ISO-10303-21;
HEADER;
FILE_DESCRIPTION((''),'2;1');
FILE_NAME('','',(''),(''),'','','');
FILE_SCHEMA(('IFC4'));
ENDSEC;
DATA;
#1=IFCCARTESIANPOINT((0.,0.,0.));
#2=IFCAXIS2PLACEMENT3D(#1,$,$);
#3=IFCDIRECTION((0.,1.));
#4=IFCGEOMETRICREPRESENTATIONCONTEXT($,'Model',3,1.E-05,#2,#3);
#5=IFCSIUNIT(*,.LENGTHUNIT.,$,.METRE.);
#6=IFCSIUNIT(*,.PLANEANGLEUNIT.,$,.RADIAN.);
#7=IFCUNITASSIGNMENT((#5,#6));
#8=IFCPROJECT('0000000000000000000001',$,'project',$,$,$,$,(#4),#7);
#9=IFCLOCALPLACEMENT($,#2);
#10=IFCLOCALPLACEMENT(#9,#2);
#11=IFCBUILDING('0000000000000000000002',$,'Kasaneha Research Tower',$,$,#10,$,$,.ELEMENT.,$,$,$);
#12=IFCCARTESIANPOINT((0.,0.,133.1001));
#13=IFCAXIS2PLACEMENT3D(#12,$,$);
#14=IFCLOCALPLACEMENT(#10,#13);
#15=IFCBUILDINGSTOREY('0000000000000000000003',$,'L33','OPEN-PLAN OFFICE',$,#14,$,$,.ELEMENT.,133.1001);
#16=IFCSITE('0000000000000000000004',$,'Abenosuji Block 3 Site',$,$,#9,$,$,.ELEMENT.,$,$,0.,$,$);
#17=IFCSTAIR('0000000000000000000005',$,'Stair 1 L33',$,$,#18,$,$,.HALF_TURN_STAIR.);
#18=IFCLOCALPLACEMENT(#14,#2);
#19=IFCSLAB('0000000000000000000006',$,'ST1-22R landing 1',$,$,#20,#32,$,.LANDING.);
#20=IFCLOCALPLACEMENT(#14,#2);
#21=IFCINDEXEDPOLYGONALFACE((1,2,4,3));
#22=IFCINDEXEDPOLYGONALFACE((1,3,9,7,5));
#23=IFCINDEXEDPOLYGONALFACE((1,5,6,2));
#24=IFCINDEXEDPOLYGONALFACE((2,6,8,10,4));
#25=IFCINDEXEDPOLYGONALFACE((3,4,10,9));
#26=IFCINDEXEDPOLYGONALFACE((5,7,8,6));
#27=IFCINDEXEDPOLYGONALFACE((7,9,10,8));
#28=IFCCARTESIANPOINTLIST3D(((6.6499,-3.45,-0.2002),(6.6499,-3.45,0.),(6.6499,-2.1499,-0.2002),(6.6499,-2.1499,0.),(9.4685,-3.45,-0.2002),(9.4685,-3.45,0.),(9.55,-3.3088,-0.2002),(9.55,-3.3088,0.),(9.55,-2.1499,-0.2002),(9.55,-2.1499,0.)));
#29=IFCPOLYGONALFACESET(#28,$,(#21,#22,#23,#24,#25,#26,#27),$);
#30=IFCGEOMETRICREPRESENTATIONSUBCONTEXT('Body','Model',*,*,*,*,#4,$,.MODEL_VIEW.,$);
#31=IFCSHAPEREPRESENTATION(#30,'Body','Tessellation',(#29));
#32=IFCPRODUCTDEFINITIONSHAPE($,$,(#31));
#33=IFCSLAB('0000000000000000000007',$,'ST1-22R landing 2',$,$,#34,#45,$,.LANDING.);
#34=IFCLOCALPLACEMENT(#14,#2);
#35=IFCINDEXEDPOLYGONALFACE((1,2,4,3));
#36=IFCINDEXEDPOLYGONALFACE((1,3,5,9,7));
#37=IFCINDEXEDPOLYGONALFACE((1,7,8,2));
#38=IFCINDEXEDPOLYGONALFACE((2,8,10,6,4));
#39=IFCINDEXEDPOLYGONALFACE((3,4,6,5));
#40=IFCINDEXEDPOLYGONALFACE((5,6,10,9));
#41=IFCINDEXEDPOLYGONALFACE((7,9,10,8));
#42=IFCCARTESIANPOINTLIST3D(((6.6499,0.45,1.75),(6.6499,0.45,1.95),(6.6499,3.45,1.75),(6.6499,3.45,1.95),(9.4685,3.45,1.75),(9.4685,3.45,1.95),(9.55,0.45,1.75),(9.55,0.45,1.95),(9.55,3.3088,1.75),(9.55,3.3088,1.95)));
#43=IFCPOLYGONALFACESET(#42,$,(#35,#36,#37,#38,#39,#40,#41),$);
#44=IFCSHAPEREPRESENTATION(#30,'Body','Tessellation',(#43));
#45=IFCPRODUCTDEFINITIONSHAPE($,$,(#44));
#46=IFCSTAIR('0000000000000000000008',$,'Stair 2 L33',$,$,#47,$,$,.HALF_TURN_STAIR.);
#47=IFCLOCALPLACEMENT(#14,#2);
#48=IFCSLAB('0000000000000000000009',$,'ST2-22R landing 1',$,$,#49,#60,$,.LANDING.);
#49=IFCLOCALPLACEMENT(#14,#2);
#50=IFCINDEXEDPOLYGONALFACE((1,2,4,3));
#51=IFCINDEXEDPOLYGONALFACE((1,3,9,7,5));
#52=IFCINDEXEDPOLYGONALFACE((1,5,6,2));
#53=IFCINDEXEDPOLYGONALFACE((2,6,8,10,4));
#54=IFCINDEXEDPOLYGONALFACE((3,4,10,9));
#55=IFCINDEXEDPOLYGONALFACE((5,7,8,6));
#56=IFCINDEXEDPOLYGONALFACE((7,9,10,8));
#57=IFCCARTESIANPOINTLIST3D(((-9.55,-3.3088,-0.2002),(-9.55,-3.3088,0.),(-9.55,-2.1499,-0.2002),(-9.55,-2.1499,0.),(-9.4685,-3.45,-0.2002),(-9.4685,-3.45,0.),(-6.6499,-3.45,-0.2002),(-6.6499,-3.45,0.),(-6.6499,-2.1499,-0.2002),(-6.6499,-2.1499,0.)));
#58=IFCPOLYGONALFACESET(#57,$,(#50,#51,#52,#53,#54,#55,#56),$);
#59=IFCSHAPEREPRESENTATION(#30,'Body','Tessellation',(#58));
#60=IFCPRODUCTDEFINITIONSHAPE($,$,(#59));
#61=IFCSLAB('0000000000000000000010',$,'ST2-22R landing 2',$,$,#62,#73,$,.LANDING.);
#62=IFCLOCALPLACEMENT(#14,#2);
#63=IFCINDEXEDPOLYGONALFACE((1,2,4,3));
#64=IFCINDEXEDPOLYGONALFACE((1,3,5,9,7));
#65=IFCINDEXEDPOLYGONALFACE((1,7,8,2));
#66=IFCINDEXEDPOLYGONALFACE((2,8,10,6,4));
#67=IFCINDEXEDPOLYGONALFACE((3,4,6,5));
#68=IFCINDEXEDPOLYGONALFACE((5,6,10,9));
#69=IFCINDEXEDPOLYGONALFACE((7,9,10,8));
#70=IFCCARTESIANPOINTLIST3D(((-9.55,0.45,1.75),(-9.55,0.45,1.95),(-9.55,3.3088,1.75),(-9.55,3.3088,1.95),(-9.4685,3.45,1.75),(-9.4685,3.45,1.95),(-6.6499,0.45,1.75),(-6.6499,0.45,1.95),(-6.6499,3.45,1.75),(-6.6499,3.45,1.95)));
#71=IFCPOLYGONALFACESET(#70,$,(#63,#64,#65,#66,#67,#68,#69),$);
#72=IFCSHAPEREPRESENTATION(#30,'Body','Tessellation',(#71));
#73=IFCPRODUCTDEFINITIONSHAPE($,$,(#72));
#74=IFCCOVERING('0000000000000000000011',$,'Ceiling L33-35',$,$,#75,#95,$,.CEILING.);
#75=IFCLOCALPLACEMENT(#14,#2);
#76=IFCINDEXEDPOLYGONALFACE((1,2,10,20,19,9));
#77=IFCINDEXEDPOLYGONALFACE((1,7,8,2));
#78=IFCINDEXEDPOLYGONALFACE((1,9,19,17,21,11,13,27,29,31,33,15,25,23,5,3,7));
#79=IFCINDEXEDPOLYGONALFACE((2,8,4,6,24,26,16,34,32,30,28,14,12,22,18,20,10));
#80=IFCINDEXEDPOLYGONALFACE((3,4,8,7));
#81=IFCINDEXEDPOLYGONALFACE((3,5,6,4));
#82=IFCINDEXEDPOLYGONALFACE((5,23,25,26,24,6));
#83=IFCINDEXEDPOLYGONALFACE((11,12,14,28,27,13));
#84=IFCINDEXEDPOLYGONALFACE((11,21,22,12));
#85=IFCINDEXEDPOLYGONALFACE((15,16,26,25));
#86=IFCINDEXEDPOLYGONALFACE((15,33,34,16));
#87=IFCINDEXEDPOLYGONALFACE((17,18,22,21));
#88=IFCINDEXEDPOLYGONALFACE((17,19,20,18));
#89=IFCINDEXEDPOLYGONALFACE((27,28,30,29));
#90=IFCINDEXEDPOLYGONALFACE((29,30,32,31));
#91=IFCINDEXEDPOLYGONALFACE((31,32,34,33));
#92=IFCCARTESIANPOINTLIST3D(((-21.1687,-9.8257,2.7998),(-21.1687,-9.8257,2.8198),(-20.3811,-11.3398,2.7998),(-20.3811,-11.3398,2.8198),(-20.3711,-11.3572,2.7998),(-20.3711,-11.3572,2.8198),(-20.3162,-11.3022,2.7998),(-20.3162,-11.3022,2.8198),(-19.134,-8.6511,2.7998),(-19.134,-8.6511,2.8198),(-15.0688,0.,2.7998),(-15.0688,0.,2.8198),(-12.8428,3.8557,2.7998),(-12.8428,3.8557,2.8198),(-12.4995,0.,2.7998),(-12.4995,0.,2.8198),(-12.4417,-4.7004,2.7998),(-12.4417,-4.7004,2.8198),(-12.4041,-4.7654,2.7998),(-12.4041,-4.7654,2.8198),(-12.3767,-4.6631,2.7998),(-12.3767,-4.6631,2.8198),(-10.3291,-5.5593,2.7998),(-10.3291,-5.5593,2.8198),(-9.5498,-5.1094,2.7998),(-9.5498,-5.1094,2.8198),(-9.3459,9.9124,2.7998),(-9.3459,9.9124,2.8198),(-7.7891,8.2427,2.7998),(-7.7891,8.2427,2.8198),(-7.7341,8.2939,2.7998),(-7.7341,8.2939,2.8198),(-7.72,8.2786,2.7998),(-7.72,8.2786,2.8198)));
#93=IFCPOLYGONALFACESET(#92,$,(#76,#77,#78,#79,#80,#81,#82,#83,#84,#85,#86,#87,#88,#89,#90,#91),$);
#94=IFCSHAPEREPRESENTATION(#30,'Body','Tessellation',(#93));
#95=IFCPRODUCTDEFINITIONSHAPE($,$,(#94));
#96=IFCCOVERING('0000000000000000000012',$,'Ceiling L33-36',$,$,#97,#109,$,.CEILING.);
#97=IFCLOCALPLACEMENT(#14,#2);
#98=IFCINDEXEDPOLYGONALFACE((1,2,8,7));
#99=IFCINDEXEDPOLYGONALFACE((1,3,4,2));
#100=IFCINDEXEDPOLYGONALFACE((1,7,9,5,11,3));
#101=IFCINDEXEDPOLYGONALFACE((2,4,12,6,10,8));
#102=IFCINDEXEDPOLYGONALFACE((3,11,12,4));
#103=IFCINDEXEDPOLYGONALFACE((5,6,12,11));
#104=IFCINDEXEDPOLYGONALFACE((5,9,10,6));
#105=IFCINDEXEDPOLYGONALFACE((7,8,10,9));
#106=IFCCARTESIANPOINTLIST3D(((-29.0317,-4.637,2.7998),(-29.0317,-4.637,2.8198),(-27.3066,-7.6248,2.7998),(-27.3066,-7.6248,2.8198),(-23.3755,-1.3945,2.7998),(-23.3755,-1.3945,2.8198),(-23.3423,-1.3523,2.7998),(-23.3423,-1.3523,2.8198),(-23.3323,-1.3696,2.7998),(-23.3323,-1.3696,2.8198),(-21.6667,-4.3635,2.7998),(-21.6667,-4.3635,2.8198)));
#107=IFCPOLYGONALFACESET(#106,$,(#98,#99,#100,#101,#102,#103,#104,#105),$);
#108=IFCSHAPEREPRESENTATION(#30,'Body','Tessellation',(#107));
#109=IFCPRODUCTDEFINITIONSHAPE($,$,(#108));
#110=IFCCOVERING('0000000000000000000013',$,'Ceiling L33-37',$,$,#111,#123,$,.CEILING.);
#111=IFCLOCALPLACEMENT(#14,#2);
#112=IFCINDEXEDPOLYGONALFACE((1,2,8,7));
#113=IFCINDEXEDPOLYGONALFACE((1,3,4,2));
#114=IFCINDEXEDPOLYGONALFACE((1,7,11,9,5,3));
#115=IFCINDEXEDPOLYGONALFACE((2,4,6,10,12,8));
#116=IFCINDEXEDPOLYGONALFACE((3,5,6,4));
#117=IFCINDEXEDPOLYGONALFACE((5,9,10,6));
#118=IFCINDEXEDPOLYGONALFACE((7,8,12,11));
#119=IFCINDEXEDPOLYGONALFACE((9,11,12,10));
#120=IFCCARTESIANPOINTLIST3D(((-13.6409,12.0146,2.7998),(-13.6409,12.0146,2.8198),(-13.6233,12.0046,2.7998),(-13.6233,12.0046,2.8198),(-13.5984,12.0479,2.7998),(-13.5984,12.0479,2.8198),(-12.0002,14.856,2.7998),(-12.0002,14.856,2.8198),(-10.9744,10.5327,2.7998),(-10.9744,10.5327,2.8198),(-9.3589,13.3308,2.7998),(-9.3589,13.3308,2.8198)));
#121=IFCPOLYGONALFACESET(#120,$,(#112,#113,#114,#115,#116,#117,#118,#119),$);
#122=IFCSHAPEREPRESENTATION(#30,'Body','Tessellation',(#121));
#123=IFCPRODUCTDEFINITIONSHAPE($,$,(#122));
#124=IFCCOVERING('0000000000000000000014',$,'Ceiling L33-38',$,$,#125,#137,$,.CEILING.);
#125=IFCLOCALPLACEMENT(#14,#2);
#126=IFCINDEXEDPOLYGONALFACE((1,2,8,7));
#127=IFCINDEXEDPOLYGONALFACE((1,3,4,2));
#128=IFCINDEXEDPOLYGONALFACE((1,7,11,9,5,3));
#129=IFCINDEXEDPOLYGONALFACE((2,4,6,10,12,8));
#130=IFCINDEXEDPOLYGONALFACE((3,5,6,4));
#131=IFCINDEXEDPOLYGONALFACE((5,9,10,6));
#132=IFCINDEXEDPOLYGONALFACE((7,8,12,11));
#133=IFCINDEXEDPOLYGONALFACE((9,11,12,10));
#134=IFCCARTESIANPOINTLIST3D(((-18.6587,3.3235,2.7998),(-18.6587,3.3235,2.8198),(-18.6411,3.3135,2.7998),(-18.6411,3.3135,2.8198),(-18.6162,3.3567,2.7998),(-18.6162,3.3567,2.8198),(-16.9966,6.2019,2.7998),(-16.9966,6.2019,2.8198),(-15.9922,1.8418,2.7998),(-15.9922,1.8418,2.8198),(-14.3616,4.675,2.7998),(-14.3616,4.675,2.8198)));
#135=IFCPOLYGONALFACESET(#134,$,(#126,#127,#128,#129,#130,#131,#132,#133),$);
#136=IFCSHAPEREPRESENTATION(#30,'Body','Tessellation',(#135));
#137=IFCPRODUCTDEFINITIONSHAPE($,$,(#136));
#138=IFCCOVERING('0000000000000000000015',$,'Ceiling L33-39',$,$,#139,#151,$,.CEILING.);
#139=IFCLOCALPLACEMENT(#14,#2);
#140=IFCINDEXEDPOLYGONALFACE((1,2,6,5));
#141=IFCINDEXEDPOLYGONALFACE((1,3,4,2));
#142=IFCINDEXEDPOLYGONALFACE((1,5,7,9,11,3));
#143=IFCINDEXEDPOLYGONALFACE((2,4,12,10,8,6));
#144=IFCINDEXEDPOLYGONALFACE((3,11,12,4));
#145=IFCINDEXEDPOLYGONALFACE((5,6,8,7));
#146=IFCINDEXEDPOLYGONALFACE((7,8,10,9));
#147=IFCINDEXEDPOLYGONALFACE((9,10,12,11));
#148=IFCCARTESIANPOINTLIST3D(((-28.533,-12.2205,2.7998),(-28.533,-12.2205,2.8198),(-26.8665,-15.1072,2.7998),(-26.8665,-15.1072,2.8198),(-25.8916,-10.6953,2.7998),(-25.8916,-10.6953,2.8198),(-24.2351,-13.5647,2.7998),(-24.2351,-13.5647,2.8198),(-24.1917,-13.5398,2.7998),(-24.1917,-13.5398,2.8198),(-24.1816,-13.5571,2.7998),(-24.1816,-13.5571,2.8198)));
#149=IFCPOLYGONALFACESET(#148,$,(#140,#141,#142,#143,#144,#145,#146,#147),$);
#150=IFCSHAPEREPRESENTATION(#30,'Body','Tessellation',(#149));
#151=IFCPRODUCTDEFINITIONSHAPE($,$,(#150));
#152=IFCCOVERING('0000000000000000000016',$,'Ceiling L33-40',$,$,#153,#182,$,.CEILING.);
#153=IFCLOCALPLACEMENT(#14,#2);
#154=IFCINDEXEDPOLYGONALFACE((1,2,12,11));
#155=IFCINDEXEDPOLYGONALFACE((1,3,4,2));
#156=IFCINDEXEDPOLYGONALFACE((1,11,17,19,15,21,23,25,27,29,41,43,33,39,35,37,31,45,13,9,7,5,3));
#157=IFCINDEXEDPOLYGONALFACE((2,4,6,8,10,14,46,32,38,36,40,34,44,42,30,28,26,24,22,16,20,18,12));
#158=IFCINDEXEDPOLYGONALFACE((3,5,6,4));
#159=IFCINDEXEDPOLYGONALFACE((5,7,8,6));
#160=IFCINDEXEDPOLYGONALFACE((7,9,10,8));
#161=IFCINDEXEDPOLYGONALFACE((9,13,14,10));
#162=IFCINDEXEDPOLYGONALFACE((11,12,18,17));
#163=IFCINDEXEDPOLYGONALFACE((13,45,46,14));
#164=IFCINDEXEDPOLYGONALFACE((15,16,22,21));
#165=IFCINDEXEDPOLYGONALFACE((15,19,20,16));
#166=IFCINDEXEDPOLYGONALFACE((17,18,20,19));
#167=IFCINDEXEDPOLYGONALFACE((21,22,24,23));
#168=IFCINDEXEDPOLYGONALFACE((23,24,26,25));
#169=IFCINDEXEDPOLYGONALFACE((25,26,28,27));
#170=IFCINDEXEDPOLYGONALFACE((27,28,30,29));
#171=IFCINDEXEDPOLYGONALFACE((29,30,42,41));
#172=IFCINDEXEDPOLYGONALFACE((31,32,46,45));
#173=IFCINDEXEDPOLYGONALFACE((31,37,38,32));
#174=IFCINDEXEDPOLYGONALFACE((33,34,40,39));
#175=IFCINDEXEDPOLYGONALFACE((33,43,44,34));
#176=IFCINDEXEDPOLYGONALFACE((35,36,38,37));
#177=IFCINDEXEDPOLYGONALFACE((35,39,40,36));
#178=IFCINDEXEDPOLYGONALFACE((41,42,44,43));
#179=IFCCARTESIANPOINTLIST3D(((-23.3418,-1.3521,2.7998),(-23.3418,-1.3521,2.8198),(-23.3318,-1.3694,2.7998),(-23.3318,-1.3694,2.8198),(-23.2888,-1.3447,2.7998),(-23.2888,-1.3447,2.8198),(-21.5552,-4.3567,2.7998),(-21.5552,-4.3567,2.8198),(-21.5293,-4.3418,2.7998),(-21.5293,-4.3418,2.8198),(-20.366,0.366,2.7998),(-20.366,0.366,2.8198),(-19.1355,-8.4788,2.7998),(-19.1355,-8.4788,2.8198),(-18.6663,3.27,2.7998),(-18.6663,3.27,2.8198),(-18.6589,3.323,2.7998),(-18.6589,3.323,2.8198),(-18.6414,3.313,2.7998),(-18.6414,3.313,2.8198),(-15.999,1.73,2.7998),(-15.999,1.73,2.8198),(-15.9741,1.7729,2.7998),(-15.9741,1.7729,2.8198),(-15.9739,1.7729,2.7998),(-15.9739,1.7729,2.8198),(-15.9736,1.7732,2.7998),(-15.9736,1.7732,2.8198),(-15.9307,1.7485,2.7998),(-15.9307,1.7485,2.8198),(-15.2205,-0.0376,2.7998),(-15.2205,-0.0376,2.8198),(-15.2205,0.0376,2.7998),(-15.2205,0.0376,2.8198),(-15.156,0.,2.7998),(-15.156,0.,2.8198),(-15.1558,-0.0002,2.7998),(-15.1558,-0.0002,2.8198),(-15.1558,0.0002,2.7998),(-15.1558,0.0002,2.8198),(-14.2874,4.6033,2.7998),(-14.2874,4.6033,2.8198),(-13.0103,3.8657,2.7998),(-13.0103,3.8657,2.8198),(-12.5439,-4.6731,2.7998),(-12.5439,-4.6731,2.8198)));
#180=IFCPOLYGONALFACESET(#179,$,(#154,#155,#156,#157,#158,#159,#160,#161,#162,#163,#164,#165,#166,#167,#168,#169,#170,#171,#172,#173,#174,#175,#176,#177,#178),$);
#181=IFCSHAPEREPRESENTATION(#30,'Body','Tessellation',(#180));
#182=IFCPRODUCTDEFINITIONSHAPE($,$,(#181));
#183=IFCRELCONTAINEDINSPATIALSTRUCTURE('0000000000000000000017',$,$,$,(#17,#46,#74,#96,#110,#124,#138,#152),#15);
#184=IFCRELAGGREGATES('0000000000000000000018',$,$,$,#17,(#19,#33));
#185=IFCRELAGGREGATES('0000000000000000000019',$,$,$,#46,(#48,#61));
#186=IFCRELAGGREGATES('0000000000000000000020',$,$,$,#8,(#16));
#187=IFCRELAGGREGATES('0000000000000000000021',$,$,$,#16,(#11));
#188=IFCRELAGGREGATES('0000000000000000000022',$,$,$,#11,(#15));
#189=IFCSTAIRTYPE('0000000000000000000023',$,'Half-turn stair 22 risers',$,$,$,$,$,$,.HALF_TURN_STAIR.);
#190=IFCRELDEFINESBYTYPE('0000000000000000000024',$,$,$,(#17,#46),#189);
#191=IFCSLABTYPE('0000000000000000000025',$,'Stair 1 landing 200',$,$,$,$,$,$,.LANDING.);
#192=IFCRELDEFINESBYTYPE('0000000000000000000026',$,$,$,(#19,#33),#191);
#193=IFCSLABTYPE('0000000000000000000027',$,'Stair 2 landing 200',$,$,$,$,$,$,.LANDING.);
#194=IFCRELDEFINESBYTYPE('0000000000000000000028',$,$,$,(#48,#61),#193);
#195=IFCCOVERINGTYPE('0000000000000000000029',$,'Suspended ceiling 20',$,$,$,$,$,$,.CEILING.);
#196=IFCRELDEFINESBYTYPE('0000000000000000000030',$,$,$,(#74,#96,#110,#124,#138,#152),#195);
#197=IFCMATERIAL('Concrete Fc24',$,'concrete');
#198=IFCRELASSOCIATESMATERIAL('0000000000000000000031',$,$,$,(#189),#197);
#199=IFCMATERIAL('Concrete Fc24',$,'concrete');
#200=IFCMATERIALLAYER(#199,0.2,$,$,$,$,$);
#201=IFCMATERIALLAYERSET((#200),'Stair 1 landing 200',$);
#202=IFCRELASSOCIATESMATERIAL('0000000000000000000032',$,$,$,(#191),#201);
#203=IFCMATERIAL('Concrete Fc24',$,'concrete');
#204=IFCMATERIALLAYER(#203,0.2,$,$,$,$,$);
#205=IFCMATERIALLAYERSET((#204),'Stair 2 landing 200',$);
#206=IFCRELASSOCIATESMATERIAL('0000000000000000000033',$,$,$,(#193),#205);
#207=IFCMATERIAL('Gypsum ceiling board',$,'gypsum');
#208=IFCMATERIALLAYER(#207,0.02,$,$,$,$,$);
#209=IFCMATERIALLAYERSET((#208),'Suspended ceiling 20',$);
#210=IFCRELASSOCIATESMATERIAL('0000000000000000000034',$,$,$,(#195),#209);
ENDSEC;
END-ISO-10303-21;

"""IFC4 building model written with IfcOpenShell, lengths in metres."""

from ifc_helpers import new_model, si_unit, direction, frame, origin, place, context, subcontext, project, spatial, polyline, outline, extrude, material, layer, layer_set, type_object, element, aggregate, save


model = new_model("IFC4")

# Units and contexts
model_context = context("Model", 3, precision=1e-05, world=origin(), true_north=direction((0.0, 1.0)))
body_context = subcontext(model_context, "Body", "Model", "MODEL_VIEW")
ifc_project = project(units=[si_unit("LENGTHUNIT", "METRE"), si_unit("PLANEANGLEUNIT", "RADIAN")], contexts=[model_context])

# Site, building, storey
site_placement = place(None, origin())
site = spatial("IfcSite", under=ifc_project, at=site_placement, Name="Abenosuji Block 3 Site", CompositionType="ELEMENT", RefElevation=0.0)
building_placement = place(site_placement, origin())
building = spatial("IfcBuilding", under=site, at=building_placement, Name="Kasaneha Research Tower", CompositionType="ELEMENT")
storey_placement = place(building_placement, frame((0.0, 0.0, 133.1001)))
storey = spatial("IfcBuildingStorey", under=building, at=storey_placement, Name="L33", Description="OPEN-PLAN OFFICE", CompositionType="ELEMENT", Elevation=133.1001)

# Stairs, slabs
ifc_material_1 = material(Name="Concrete Fc24", Category="concrete")
stair_type = type_object("IfcStairType", Name="Half-turn stair 22 risers", PredefinedType="HALF_TURN_STAIR", material=ifc_material_1)
stair_1_placement = place(storey_placement, origin())
stair_1 = element("IfcStair", 1, at=stair_1_placement, inside=storey, type_object=stair_type, Name="Stair 1 L33", PredefinedType="HALF_TURN_STAIR")
ifc_material_2 = material(Name="Concrete Fc24", Category="concrete")
ifc_layer_1 = layer(ifc_material_2, 0.2)
ifc_layer_set_1 = layer_set([ifc_layer_1], Name="Stair 1 landing 200")
slab_type_1 = type_object("IfcSlabType", Name="Stair 1 landing 200", PredefinedType="LANDING", material=ifc_layer_set_1)
slab_1_placement = place(storey_placement, frame((0.0, 0.0, -0.2002)))
slab_1 = element("IfcSlab", 2, at=slab_1_placement, type_object=slab_type_1, Name="ST1-22R landing 1", PredefinedType="LANDING", context=body_context, shape_type="SweptSolid", body=[
    extrude(outline(polyline([(9.4685, -3.45), (6.6499, -3.45), (6.6499, -2.1499), (9.55, -2.1499), (9.55, -3.3088), (9.4685, -3.45)])), origin(), (0.0, 0.0, 1.0), 0.2002),
])
slab_2_placement = place(storey_placement, frame((0.0, 0.0, 1.75)))
slab_2 = element("IfcSlab", 3, at=slab_2_placement, type_object=slab_type_1, Name="ST1-22R landing 2", PredefinedType="LANDING", context=body_context, shape_type="SweptSolid", body=[
    extrude(outline(polyline([(6.6499, 3.45), (9.4685, 3.45), (9.55, 3.3088), (9.55, 0.45), (6.6499, 0.45), (6.6499, 3.45)])), origin(), (0.0, 0.0, 1.0), 0.2),
])
aggregate(stair_1, [slab_1, slab_2])
stair_2_placement = place(storey_placement, origin())
stair_2 = element("IfcStair", 4, at=stair_2_placement, inside=storey, type_object=stair_type, Name="Stair 2 L33", PredefinedType="HALF_TURN_STAIR")
ifc_material_3 = material(Name="Concrete Fc24", Category="concrete")
ifc_layer_2 = layer(ifc_material_3, 0.2)
ifc_layer_set_2 = layer_set([ifc_layer_2], Name="Stair 2 landing 200")
slab_type_2 = type_object("IfcSlabType", Name="Stair 2 landing 200", PredefinedType="LANDING", material=ifc_layer_set_2)
slab_3_placement = place(storey_placement, frame((0.0, 0.0, -0.2002)))
slab_3 = element("IfcSlab", 5, at=slab_3_placement, type_object=slab_type_2, Name="ST2-22R landing 1", PredefinedType="LANDING", context=body_context, shape_type="SweptSolid", body=[
    extrude(outline(polyline([(-6.6499, -3.45), (-9.4685, -3.45), (-9.55, -3.3088), (-9.55, -2.1499), (-6.6499, -2.1499), (-6.6499, -3.45)])), origin(), (0.0, 0.0, 1.0), 0.2002),
])
slab_4_placement = place(storey_placement, frame((0.0, 0.0, 1.75)))
slab_4 = element("IfcSlab", 6, at=slab_4_placement, type_object=slab_type_2, Name="ST2-22R landing 2", PredefinedType="LANDING", context=body_context, shape_type="SweptSolid", body=[
    extrude(outline(polyline([(-6.6499, 0.45), (-9.55, 0.45), (-9.55, 3.3088), (-9.4685, 3.45), (-6.6499, 3.45), (-6.6499, 0.45)])), origin(), (0.0, 0.0, 1.0), 0.2),
])
aggregate(stair_2, [slab_3, slab_4])

# Coverings
ifc_material_4 = material(Name="Gypsum ceiling board", Category="gypsum")
ifc_layer_3 = layer(ifc_material_4, 0.02)
ifc_layer_set_3 = layer_set([ifc_layer_3], Name="Suspended ceiling 20")
covering_type_1 = type_object("IfcCoveringType", Name="Suspended ceiling 20", PredefinedType="CEILING", material=ifc_layer_set_3)
covering_1_placement = place(storey_placement, frame((0.0, 0.0, 2.7998)))
element("IfcCovering", 7, at=covering_1_placement, inside=storey, type_object=covering_type_1, Name="Ceiling L33-35", PredefinedType="CEILING", context=body_context, shape_type="SweptSolid", body=[
    extrude(outline(polyline([(-9.5498, -5.1094), (-10.3291, -5.5593), (-10.3291, -5.5593), (-20.3711, -11.3572), (-20.3811, -11.3398), (-20.3162, -11.3022), (-21.1687, -9.8257), (-19.134, -8.6511), (-19.134, -8.6511), (-12.4041, -4.7654), (-12.4417, -4.7004), (-12.3767, -4.6631), (-15.0688, 0.0), (-12.8428, 3.8557), (-12.8428, 3.8557), (-9.3459, 9.9124), (-7.7891, 8.2427), (-7.7341, 8.2939), (-7.72, 8.2786), (-12.4995, 0.0), (-9.5498, -5.1094)])), origin(), (0.0, 0.0, 1.0), 0.02),
])
covering_2_placement = place(storey_placement, frame((0.0, 0.0, 2.7998)))
element("IfcCovering", 8, at=covering_2_placement, inside=storey, type_object=covering_type_1, Name="Ceiling L33-36", PredefinedType="CEILING", context=body_context, shape_type="SweptSolid", body=[
    extrude(outline(polyline([(-23.3423, -1.3523), (-23.3323, -1.3696), (-23.3755, -1.3945), (-21.6667, -4.3635), (-27.3066, -7.6248), (-29.0317, -4.637), (-23.3423, -1.3523)])), origin(), (0.0, 0.0, 1.0), 0.02),
])
covering_3_placement = place(storey_placement, frame((0.0, 0.0, 2.7998)))
element("IfcCovering", 9, at=covering_3_placement, inside=storey, type_object=covering_type_1, Name="Ceiling L33-37", PredefinedType="CEILING", context=body_context, shape_type="SweptSolid", body=[
    extrude(outline(polyline([(-12.0002, 14.856), (-9.3589, 13.3308), (-10.9744, 10.5327), (-13.5984, 12.0479), (-13.6233, 12.0046), (-13.6409, 12.0146), (-12.0002, 14.856)])), origin(), (0.0, 0.0, 1.0), 0.02),
])
covering_4_placement = place(storey_placement, frame((0.0, 0.0, 2.7998)))
element("IfcCovering", 10, at=covering_4_placement, inside=storey, type_object=covering_type_1, Name="Ceiling L33-38", PredefinedType="CEILING", context=body_context, shape_type="SweptSolid", body=[
    extrude(outline(polyline([(-16.9966, 6.2019), (-14.3616, 4.675), (-15.9922, 1.8418), (-18.6162, 3.3567), (-18.6411, 3.3135), (-18.6587, 3.3235), (-16.9966, 6.2019)])), origin(), (0.0, 0.0, 1.0), 0.02),
])
covering_5_placement = place(storey_placement, frame((0.0, 0.0, 2.7998)))
element("IfcCovering", 11, at=covering_5_placement, inside=storey, type_object=covering_type_1, Name="Ceiling L33-39", PredefinedType="CEILING", context=body_context, shape_type="SweptSolid", body=[
    extrude(outline(polyline([(-28.533, -12.2205), (-25.8916, -10.6953), (-24.2351, -13.5647), (-24.1917, -13.5398), (-24.1816, -13.5571), (-26.8665, -15.1072), (-28.533, -12.2205)])), origin(), (0.0, 0.0, 1.0), 0.02),
])
covering_6_placement = place(storey_placement, frame((0.0, 0.0, 2.7998)))
element("IfcCovering", 12, at=covering_6_placement, inside=storey, type_object=covering_type_1, Name="Ceiling L33-40", PredefinedType="CEILING", context=body_context, shape_type="SweptSolid", body=[
    extrude(outline(polyline([(-15.1558, -0.0002), (-15.2205, -0.0376), (-12.5439, -4.6731), (-19.1355, -8.4788), (-21.5293, -4.3418), (-21.5552, -4.3567), (-23.2888, -1.3447), (-23.3318, -1.3694), (-23.3418, -1.3521), (-20.366, 0.366), (-18.6589, 3.323), (-18.6414, 3.313), (-18.6663, 3.27), (-15.999, 1.73), (-15.9741, 1.7729), (-15.9739, 1.7729), (-15.9736, 1.7732), (-15.9307, 1.7485), (-14.2874, 4.6033), (-13.0103, 3.8657), (-15.2205, 0.0376), (-15.1558, 0.0002), (-15.156, 0.0), (-15.1558, -0.0002)])), origin(), (0.0, 0.0, 1.0), 0.02),
])

save(model, "model.ifc")
